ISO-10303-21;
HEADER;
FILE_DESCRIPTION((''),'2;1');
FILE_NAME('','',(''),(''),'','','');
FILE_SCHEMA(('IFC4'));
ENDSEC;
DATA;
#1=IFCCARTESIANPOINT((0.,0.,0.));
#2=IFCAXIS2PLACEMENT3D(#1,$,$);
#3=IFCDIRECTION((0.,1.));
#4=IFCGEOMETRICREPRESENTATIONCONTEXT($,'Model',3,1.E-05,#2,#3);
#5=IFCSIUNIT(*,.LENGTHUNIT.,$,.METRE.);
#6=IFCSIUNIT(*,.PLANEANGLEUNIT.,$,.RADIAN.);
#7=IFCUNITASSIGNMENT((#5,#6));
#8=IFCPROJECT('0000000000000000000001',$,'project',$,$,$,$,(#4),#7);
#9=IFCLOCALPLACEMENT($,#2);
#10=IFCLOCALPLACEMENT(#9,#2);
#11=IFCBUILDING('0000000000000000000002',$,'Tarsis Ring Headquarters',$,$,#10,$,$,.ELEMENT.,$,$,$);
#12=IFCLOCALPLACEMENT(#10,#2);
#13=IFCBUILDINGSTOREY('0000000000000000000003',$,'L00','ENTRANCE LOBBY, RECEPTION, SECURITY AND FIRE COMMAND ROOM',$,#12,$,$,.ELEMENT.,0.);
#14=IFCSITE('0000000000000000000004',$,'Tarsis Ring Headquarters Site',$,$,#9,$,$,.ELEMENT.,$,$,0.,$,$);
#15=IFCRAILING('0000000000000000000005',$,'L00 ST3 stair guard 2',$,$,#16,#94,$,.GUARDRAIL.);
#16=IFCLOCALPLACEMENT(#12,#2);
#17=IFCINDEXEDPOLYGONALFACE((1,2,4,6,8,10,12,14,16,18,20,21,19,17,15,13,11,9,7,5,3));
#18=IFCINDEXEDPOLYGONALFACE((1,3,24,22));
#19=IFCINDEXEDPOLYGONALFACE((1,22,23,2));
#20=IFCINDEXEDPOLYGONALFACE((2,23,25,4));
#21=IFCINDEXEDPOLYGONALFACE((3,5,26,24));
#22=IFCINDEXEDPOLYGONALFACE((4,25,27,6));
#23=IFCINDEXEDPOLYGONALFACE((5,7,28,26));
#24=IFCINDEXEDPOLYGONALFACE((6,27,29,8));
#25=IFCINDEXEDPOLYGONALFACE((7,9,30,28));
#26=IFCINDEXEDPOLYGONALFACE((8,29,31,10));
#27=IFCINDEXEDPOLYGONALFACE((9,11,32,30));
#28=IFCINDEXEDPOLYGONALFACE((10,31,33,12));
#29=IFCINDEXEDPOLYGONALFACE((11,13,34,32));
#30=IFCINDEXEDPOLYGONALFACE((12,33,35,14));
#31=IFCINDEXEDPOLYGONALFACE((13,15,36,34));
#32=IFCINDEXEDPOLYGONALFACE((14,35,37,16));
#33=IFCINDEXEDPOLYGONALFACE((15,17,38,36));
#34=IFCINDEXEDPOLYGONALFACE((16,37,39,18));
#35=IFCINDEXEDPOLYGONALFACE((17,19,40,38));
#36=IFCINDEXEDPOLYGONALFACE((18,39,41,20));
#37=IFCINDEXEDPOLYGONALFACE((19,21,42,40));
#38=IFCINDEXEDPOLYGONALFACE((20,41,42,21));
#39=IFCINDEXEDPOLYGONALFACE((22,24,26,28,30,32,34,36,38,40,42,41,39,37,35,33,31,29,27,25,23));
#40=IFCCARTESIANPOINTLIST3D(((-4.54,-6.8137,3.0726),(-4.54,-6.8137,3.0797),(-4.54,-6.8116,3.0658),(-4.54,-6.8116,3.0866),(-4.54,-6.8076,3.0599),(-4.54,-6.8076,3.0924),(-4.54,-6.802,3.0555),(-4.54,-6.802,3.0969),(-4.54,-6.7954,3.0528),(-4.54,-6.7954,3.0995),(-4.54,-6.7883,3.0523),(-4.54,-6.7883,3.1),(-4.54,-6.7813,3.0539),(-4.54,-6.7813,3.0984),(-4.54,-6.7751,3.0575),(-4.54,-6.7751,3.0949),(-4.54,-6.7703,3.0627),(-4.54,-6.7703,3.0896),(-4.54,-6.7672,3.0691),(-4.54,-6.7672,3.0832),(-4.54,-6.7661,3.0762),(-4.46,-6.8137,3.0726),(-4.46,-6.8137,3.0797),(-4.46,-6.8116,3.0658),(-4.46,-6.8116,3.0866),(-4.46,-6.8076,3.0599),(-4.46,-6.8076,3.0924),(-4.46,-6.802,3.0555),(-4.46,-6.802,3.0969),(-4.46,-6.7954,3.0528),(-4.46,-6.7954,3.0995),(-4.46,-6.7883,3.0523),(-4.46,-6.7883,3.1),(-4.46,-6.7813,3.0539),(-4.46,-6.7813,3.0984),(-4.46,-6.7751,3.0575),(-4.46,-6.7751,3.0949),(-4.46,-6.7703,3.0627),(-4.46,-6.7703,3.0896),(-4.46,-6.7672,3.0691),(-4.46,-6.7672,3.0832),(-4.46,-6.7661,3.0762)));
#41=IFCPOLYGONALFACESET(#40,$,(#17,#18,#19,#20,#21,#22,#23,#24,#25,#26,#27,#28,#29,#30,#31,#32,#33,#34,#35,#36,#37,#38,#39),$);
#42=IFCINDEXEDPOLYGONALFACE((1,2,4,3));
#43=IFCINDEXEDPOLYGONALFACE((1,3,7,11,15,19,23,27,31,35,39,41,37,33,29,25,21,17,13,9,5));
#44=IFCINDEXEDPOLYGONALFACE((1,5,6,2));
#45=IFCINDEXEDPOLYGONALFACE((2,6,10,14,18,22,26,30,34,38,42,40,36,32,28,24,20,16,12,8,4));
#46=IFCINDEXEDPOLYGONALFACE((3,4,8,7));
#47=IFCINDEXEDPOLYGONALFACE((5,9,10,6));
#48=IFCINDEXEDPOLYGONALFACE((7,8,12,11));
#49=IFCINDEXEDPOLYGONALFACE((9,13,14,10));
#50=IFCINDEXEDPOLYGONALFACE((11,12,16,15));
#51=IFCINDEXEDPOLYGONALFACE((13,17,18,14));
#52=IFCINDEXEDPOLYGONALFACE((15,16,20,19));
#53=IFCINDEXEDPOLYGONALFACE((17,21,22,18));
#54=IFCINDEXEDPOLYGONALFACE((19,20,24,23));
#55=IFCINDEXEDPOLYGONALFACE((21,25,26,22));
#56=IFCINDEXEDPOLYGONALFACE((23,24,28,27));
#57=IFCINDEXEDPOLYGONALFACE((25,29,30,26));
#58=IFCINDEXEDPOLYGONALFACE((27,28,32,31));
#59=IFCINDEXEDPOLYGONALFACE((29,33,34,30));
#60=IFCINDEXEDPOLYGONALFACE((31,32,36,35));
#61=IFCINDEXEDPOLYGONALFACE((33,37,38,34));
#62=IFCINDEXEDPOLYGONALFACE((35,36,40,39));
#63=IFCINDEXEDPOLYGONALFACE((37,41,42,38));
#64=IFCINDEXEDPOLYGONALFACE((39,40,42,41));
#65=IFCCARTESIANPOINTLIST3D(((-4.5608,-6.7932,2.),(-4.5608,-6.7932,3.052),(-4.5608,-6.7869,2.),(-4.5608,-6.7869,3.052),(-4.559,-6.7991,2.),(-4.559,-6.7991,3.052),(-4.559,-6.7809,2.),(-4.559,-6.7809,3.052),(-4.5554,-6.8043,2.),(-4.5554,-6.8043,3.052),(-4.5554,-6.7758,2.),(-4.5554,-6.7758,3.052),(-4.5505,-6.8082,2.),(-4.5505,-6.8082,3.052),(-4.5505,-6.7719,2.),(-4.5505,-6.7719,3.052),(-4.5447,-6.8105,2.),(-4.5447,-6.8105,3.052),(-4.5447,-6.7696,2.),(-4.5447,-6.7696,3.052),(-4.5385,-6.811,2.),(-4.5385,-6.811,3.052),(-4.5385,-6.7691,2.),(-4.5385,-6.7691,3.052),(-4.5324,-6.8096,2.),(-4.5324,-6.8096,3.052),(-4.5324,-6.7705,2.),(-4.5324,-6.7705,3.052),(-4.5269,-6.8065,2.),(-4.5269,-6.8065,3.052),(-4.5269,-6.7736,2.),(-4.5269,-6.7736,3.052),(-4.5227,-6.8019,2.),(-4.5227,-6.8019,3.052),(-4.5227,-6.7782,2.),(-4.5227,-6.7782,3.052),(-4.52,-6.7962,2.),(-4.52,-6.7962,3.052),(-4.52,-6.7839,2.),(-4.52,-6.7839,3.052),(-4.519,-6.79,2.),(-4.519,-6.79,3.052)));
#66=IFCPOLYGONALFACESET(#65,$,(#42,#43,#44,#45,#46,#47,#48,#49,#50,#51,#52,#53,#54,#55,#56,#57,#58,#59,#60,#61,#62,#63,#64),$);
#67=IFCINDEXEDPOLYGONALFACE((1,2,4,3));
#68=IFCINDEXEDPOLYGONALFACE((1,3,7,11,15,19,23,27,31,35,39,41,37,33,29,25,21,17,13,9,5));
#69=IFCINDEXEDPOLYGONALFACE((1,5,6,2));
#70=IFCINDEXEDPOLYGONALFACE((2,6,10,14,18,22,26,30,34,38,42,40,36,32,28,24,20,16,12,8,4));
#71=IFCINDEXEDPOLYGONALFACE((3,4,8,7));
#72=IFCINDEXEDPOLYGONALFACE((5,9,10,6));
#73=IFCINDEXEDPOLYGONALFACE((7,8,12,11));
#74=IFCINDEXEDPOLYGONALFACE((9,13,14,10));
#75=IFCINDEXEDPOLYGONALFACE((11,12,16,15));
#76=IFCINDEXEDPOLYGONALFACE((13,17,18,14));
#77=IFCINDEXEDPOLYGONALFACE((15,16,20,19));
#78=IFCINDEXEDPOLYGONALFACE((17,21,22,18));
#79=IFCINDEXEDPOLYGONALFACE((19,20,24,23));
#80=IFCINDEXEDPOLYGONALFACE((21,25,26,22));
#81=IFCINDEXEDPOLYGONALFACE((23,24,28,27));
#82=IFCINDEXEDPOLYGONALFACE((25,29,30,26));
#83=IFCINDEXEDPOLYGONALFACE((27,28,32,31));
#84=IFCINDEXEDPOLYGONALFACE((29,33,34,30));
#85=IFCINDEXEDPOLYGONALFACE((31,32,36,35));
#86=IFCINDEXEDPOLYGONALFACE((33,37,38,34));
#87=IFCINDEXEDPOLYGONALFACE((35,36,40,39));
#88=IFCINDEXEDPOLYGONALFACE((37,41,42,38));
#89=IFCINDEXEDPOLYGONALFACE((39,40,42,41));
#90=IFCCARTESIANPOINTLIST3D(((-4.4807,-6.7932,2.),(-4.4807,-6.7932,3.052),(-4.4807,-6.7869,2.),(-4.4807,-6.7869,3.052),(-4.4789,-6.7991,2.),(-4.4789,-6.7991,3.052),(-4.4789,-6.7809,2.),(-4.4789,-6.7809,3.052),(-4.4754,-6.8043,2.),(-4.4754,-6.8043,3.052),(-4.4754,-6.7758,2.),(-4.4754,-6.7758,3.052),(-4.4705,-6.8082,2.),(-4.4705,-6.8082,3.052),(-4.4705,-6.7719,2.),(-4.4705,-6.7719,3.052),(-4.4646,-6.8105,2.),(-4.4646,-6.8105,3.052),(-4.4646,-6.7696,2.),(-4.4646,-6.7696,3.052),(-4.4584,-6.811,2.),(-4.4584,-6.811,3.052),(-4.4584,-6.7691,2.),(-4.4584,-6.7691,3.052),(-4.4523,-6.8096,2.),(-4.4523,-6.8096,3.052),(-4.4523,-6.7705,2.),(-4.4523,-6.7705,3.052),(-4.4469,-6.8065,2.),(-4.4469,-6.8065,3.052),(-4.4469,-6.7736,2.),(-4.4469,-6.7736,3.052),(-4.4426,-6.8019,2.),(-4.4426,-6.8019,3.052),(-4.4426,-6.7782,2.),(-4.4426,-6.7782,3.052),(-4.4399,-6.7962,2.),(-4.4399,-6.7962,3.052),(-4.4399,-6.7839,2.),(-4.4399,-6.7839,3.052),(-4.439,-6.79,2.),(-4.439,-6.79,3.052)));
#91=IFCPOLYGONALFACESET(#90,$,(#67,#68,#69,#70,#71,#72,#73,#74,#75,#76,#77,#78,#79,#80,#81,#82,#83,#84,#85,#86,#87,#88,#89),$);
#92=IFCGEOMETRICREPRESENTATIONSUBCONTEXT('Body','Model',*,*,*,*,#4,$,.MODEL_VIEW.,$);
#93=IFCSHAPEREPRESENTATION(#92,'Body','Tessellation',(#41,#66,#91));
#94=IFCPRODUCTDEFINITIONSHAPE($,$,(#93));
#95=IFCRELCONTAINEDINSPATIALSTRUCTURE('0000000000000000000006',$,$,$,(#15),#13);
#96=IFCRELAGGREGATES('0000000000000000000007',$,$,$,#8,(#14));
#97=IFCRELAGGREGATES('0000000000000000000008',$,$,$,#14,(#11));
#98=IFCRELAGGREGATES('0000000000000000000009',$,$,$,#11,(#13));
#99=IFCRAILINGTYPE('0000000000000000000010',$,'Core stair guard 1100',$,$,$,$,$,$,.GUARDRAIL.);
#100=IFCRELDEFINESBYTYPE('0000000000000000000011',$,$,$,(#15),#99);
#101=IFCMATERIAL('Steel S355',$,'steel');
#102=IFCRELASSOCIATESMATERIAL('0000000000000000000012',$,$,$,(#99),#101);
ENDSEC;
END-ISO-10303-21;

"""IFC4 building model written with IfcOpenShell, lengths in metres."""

from ifc_helpers import new_model, si_unit, direction, frame, origin, origin_2d, place, context, subcontext, project, spatial, circle, extrude, material, type_object, element, save


model = new_model("IFC4")

# Units and contexts
model_context = context("Model", 3, precision=1e-05, world=origin(), true_north=direction((0.0, 1.0)))
body_context = subcontext(model_context, "Body", "Model", "MODEL_VIEW")
ifc_project = project(units=[si_unit("LENGTHUNIT", "METRE"), si_unit("PLANEANGLEUNIT", "RADIAN")], contexts=[model_context])

# Site, building, storey
site_placement = place(None, origin())
site = spatial("IfcSite", under=ifc_project, at=site_placement, Name="Tarsis Ring Headquarters Site", CompositionType="ELEMENT", RefElevation=0.0)
building_placement = place(site_placement, origin())
building = spatial("IfcBuilding", under=site, at=building_placement, Name="Tarsis Ring Headquarters", CompositionType="ELEMENT")
storey_placement = place(building_placement, origin())
storey = spatial("IfcBuildingStorey", under=building, at=storey_placement, Name="L00", Description="ENTRANCE LOBBY, RECEPTION, SECURITY AND FIRE COMMAND ROOM", CompositionType="ELEMENT", Elevation=0.0)

# Railing
ifc_material = material(Name="Steel S355", Category="steel")
railing_type_1 = type_object("IfcRailingType", Name="Core stair guard 1100", PredefinedType="GUARDRAIL", material=ifc_material)
railing_1_placement = place(storey_placement, frame((-4.54, -6.79, 2.0)))
element("IfcRailing", 1, at=railing_1_placement, inside=storey, type_object=railing_type_1, Name="L00 ST3 stair guard 2", PredefinedType="GUARDRAIL", context=body_context, shape_type="SweptSolid", body=[
    extrude(circle(Radius=0.0239, at=origin_2d()), frame((0.0, 0.0, 1.0762), z_axis=(1.0, 0.0, 0.0), x_axis=(0.0, 1.0, 0.0)), (0.0, 0.0, 1.0), 0.0801),
    extrude(circle(Radius=0.021, at=origin_2d()), origin(), (0.0, 0.0, 1.0), 1.052),
    extrude(circle(Radius=0.021, at=origin_2d()), frame((0.0801, 0.0, 0.0)), (0.0, 0.0, 1.0), 1.052),
])

save(model, "model.ifc")
